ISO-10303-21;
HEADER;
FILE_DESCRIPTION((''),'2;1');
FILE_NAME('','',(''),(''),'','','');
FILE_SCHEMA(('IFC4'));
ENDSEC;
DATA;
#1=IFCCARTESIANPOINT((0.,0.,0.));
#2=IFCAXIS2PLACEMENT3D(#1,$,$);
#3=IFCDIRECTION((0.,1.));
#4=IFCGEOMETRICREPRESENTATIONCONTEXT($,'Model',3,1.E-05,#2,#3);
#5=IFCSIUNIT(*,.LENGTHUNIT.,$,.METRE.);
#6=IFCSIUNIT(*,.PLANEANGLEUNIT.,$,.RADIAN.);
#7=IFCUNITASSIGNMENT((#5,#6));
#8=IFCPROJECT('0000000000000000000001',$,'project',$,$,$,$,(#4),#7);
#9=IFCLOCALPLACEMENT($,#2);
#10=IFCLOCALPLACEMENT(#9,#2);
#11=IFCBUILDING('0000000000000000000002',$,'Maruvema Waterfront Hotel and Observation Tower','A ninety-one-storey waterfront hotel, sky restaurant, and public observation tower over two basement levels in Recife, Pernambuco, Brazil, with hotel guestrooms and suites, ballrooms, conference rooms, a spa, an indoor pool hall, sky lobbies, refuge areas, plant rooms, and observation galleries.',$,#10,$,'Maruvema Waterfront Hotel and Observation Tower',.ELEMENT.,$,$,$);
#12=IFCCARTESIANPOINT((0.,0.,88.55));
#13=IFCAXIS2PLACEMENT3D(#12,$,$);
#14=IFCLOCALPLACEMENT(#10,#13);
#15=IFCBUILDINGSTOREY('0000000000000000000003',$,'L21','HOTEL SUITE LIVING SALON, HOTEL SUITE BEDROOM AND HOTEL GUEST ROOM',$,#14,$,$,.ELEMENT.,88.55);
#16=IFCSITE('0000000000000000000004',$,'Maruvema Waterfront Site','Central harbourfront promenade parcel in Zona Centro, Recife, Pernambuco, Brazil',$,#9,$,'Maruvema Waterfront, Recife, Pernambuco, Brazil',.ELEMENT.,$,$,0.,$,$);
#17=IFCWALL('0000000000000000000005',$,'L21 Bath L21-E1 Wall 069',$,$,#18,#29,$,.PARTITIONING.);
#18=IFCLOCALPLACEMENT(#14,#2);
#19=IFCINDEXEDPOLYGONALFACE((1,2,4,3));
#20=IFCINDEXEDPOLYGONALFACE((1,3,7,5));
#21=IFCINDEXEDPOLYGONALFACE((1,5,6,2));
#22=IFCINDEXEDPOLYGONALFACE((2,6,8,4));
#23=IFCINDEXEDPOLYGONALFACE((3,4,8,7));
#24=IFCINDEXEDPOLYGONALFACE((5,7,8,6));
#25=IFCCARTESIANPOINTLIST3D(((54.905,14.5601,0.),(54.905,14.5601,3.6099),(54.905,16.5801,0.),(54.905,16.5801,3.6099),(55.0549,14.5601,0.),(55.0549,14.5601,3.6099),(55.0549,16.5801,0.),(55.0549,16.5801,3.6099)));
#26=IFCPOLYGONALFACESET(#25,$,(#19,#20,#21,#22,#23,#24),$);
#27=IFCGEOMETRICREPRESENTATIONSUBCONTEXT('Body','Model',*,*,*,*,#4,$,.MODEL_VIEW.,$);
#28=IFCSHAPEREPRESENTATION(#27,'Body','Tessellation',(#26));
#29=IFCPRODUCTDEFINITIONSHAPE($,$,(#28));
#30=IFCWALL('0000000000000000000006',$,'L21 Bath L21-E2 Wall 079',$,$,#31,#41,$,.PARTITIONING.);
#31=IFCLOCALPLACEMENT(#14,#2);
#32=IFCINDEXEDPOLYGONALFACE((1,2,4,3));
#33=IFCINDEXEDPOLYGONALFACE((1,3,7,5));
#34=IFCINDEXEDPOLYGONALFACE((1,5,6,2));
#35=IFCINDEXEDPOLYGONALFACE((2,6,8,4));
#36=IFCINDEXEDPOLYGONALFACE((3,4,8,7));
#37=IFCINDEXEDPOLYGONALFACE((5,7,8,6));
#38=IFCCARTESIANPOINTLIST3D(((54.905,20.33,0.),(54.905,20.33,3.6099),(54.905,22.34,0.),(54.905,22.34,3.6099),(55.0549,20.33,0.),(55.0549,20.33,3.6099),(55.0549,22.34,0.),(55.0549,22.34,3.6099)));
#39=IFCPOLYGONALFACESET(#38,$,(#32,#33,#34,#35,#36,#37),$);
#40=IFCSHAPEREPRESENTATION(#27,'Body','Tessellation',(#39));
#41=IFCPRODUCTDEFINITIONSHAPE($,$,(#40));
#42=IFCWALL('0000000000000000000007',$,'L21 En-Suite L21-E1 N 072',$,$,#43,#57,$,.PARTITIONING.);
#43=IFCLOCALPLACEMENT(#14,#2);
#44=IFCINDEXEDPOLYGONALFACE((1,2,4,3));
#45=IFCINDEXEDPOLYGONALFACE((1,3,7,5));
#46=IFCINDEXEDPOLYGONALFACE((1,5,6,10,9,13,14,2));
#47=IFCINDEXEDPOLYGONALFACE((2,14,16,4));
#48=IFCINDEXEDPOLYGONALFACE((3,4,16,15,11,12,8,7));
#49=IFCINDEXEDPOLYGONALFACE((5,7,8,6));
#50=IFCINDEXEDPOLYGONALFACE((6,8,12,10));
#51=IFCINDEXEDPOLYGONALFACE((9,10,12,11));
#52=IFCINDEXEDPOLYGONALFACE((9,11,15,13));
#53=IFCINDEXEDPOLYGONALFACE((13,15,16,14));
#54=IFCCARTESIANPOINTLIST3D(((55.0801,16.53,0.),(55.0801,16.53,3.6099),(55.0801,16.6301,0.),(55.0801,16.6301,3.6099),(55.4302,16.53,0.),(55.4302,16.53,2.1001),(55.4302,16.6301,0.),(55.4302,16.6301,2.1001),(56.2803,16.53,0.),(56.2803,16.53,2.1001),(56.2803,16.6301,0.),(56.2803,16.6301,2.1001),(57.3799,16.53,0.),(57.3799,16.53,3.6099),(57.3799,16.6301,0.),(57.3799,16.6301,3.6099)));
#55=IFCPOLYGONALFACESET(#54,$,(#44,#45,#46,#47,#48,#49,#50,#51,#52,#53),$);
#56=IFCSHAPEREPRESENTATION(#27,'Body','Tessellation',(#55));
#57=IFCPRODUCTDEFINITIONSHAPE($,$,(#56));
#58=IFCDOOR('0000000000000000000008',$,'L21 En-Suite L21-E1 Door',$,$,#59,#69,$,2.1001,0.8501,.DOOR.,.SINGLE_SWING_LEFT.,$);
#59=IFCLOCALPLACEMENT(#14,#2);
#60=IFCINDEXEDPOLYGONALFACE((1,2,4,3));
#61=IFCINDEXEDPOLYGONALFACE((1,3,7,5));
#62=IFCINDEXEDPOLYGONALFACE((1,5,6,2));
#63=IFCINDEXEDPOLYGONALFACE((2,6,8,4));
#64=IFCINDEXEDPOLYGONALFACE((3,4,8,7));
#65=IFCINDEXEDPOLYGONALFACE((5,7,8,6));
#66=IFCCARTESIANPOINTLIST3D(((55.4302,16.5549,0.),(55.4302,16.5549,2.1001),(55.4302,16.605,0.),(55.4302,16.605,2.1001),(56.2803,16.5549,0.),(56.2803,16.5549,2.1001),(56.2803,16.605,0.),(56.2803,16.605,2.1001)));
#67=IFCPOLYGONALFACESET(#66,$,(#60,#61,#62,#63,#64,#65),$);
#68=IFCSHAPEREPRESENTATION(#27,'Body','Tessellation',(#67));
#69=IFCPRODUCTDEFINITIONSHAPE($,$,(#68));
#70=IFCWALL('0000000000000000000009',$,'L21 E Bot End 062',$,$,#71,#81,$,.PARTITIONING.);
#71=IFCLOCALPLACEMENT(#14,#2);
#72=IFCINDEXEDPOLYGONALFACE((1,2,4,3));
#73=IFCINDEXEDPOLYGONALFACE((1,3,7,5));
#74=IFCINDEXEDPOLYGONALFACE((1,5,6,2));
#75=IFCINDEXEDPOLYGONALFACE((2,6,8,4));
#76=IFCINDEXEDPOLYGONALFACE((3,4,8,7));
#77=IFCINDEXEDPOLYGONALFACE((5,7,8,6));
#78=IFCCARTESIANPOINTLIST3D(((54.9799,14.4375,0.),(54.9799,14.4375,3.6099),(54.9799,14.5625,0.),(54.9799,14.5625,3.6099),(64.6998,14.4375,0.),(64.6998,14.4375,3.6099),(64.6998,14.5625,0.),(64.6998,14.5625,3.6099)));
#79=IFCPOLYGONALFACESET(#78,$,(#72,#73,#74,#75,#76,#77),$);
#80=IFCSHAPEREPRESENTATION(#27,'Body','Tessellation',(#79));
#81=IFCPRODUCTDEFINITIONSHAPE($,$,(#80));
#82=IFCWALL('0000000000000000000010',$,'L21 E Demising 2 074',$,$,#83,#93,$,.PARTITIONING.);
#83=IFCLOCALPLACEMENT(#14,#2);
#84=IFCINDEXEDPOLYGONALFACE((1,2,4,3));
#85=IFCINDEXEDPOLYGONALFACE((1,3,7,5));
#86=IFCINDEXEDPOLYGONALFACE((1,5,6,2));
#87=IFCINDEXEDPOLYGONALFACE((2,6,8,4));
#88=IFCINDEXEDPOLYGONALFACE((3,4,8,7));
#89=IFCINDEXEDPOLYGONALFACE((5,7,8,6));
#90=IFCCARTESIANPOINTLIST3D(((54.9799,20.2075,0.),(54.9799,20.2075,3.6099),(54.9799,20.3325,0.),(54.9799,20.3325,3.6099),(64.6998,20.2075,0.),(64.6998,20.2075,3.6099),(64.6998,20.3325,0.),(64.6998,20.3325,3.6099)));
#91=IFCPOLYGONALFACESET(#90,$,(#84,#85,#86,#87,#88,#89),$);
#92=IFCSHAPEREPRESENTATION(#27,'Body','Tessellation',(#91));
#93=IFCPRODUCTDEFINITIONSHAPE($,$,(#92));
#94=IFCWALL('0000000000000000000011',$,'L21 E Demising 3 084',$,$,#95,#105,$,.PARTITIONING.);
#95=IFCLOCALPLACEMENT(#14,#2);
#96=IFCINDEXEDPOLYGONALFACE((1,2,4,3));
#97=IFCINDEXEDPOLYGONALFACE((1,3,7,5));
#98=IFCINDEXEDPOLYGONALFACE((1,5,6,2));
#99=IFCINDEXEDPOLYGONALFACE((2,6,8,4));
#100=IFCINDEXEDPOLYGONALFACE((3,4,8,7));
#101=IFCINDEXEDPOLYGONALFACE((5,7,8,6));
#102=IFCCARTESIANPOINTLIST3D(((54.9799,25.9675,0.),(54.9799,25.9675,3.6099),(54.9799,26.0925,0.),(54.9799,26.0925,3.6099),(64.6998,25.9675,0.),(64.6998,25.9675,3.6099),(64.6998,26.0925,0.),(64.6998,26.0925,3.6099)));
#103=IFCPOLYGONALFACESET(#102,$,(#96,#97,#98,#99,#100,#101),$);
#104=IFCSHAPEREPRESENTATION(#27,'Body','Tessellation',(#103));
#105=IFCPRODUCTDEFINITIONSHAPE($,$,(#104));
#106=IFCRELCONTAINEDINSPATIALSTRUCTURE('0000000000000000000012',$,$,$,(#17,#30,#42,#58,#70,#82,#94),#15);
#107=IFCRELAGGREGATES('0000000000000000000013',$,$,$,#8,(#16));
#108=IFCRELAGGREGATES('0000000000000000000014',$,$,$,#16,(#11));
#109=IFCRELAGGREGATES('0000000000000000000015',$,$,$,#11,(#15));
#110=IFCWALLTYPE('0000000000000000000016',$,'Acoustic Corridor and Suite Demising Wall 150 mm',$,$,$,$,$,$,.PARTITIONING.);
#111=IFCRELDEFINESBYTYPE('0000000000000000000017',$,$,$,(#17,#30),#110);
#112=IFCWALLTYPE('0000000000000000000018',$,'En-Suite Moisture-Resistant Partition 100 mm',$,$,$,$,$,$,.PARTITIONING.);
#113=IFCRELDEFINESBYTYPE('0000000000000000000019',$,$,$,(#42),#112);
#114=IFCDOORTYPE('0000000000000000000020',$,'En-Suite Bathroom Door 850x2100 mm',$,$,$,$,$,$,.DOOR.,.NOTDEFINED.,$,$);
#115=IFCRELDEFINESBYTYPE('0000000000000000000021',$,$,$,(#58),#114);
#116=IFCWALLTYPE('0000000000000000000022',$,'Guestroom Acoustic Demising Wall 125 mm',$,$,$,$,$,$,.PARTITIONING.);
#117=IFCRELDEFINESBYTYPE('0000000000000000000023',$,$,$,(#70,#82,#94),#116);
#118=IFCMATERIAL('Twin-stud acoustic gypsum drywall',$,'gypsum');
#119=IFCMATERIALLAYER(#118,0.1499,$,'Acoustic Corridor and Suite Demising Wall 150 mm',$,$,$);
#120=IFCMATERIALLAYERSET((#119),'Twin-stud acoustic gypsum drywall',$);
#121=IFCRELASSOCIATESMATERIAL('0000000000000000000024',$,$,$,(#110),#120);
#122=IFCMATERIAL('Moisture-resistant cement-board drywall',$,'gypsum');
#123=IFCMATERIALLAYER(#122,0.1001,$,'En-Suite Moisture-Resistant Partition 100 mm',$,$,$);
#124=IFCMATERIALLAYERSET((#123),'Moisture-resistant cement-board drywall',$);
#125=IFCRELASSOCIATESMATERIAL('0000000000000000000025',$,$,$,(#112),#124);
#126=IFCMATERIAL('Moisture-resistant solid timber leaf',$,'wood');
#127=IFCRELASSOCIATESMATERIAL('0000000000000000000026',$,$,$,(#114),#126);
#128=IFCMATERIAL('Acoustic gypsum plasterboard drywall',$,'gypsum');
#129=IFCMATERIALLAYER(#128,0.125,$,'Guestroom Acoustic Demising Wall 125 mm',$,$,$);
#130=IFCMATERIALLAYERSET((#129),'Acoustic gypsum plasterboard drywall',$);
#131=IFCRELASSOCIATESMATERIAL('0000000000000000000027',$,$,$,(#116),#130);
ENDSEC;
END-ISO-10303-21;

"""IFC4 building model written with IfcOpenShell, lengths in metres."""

from ifc_helpers import new_model, si_unit, direction, frame, frame_2d, origin, place, context, subcontext, project, spatial, rectangle, extrude, material, layer, layer_set, type_object, element, fill, save


model = new_model("IFC4")

# Units and contexts
model_context = context("Model", 3, precision=1e-05, world=origin(), true_north=direction((0.0, 1.0)))
body_context = subcontext(model_context, "Body", "Model", "MODEL_VIEW")
ifc_project = project(units=[si_unit("LENGTHUNIT", "METRE"), si_unit("PLANEANGLEUNIT", "RADIAN")], contexts=[model_context])

# Site, building, storey
site_placement = place(None, origin())
site = spatial("IfcSite", under=ifc_project, at=site_placement, Name="Maruvema Waterfront Site", Description="Central harbourfront promenade parcel in Zona Centro, Recife, Pernambuco, Brazil", LongName="Maruvema Waterfront, Recife, Pernambuco, Brazil", CompositionType="ELEMENT", RefElevation=0.0)
building_placement = place(site_placement, origin())
building = spatial("IfcBuilding", under=site, at=building_placement, Name="Maruvema Waterfront Hotel and Observation Tower", Description="A ninety-one-storey waterfront hotel, sky restaurant, and public observation tower over two basement levels in Recife, Pernambuco, Brazil, with hotel guestrooms and suites, ballrooms, conference rooms, a spa, an indoor pool hall, sky lobbies, refuge areas, plant rooms, and observation galleries.", LongName="Maruvema Waterfront Hotel and Observation Tower", CompositionType="ELEMENT")
storey_placement = place(building_placement, frame((0.0, 0.0, 88.55)))
storey = spatial("IfcBuildingStorey", under=building, at=storey_placement, Name="L21", Description="HOTEL SUITE LIVING SALON, HOTEL SUITE BEDROOM AND HOTEL GUEST ROOM", CompositionType="ELEMENT", Elevation=88.55)

# Wall
ifc_material_1 = material(Name="Twin-stud acoustic gypsum drywall", Category="gypsum")
ifc_layer_1 = layer(ifc_material_1, 0.1499, Name="Acoustic Corridor and Suite Demising Wall 150 mm")
ifc_layer_set_1 = layer_set([ifc_layer_1], Name="Twin-stud acoustic gypsum drywall")
wall_type_1 = type_object("IfcWallType", Name="Acoustic Corridor and Suite Demising Wall 150 mm", PredefinedType="PARTITIONING", material=ifc_layer_set_1)
wall_1_placement = place(storey_placement, frame((54.98, 14.5601, 0.0), z_axis=(0.0, 0.0, 1.0), x_axis=(0.0, 1.0, 0.0)))
element("IfcWall", 1, at=wall_1_placement, inside=storey, type_object=wall_type_1, Name="L21 Bath L21-E1 Wall 069", PredefinedType="PARTITIONING", context=body_context, shape_type="SweptSolid", body=[
    extrude(rectangle(XDim=2.02, YDim=0.1499, at=frame_2d((1.01, 0.0))), origin(), (0.0, 0.0, 1.0), 3.6099),
])

# Wall
wall_2_placement = place(storey_placement, frame((54.98, 20.3301, 0.0), z_axis=(0.0, 0.0, 1.0), x_axis=(0.0, 1.0, 0.0)))
element("IfcWall", 2, at=wall_2_placement, inside=storey, type_object=wall_type_1, Name="L21 Bath L21-E2 Wall 079", PredefinedType="PARTITIONING", context=body_context, shape_type="SweptSolid", body=[
    extrude(rectangle(XDim=2.01, YDim=0.1499, at=frame_2d((1.0049, 0.0))), origin(), (0.0, 0.0, 1.0), 3.6099),
])

# Wall, opening, door
ifc_material_2 = material(Name="Moisture-resistant cement-board drywall", Category="gypsum")
ifc_layer_2 = layer(ifc_material_2, 0.1001, Name="En-Suite Moisture-Resistant Partition 100 mm")
ifc_layer_set_2 = layer_set([ifc_layer_2], Name="Moisture-resistant cement-board drywall")
wall_type_2 = type_object("IfcWallType", Name="En-Suite Moisture-Resistant Partition 100 mm", PredefinedType="PARTITIONING", material=ifc_layer_set_2)
wall_3_placement = place(storey_placement, frame((55.0801, 16.5801, 0.0), z_axis=(0.0, 0.0, 1.0), x_axis=(1.0, 0.0, 0.0)))
wall_3 = element("IfcWall", 3, at=wall_3_placement, inside=storey, type_object=wall_type_2, Name="L21 En-Suite L21-E1 N 072", PredefinedType="PARTITIONING", context=body_context, shape_type="SweptSolid", body=[
    extrude(rectangle(XDim=2.2998, YDim=0.1001, at=frame_2d((1.1499, 0.0))), origin(), (0.0, 0.0, 1.0), 3.6099),
])
opening_1_placement = place(wall_3_placement, frame((0.3501, 0.0, 0.0)))
opening_1 = element("IfcOpeningElement", 4, at=opening_1_placement, cuts=wall_3, PredefinedType="OPENING", context=body_context, shape_type="SweptSolid", body=[
    extrude(rectangle(XDim=0.8501, YDim=2.1001, at=frame_2d((0.425, 1.05))), frame((0.0, 0.0601, 0.0), z_axis=(0.0, -1.0, 0.0), x_axis=(1.0, 0.0, 0.0)), (0.0, 0.0, 1.0), 0.1201),
])
ifc_material_3 = material(Name="Moisture-resistant solid timber leaf", Category="wood")
door_type_1 = type_object("IfcDoorType", Name="En-Suite Bathroom Door 850x2100 mm", OperationType="NOTDEFINED", PredefinedType="DOOR", material=ifc_material_3)
door_1_placement = place(opening_1_placement, origin())
door_1 = element("IfcDoor", 5, at=door_1_placement, inside=storey, type_object=door_type_1, Name="L21 En-Suite L21-E1 Door", OperationType="SINGLE_SWING_LEFT", OverallHeight=2.1001, OverallWidth=0.8501, PredefinedType="DOOR", context=body_context, shape_type="SweptSolid", body=[
    extrude(rectangle(XDim=0.8501, YDim=2.1001, at=frame_2d((0.425, 1.05))), frame((0.0, 0.0249, 0.0), z_axis=(0.0, -1.0, 0.0), x_axis=(1.0, 0.0, 0.0)), (0.0, 0.0, 1.0), 0.05),
])
fill(opening_1, door_1)

# Walls
ifc_material_4 = material(Name="Acoustic gypsum plasterboard drywall", Category="gypsum")
ifc_layer_3 = layer(ifc_material_4, 0.125, Name="Guestroom Acoustic Demising Wall 125 mm")
ifc_layer_set_3 = layer_set([ifc_layer_3], Name="Acoustic gypsum plasterboard drywall")
wall_type_3 = type_object("IfcWallType", Name="Guestroom Acoustic Demising Wall 125 mm", PredefinedType="PARTITIONING", material=ifc_layer_set_3)
for number, where, z_axis, x_axis, name in (
    (6, (54.98, 14.5, 0.0), (0.0, 0.0, 1.0), (1.0, 0.0, 0.0), "L21 E Bot End 062"),
    (7, (54.98, 20.27, 0.0), (0.0, 0.0, 1.0), (1.0, 0.0, 0.0), "L21 E Demising 2 074"),
    (8, (54.98, 26.03, 0.0), (0.0, 0.0, 1.0), (1.0, 0.0, 0.0), "L21 E Demising 3 084"),
):
    element("IfcWall", number, at=place(storey_placement, frame(where, z_axis=z_axis, x_axis=x_axis)), inside=storey, type_object=wall_type_3, Name=name, PredefinedType="PARTITIONING", context=body_context, shape_type="SweptSolid", body=[
        extrude(rectangle(XDim=9.72, YDim=0.125, at=frame_2d((4.8599, 0.0))), origin(), (0.0, 0.0, 1.0), 3.6099),
    ])

save(model, "model.ifc")
